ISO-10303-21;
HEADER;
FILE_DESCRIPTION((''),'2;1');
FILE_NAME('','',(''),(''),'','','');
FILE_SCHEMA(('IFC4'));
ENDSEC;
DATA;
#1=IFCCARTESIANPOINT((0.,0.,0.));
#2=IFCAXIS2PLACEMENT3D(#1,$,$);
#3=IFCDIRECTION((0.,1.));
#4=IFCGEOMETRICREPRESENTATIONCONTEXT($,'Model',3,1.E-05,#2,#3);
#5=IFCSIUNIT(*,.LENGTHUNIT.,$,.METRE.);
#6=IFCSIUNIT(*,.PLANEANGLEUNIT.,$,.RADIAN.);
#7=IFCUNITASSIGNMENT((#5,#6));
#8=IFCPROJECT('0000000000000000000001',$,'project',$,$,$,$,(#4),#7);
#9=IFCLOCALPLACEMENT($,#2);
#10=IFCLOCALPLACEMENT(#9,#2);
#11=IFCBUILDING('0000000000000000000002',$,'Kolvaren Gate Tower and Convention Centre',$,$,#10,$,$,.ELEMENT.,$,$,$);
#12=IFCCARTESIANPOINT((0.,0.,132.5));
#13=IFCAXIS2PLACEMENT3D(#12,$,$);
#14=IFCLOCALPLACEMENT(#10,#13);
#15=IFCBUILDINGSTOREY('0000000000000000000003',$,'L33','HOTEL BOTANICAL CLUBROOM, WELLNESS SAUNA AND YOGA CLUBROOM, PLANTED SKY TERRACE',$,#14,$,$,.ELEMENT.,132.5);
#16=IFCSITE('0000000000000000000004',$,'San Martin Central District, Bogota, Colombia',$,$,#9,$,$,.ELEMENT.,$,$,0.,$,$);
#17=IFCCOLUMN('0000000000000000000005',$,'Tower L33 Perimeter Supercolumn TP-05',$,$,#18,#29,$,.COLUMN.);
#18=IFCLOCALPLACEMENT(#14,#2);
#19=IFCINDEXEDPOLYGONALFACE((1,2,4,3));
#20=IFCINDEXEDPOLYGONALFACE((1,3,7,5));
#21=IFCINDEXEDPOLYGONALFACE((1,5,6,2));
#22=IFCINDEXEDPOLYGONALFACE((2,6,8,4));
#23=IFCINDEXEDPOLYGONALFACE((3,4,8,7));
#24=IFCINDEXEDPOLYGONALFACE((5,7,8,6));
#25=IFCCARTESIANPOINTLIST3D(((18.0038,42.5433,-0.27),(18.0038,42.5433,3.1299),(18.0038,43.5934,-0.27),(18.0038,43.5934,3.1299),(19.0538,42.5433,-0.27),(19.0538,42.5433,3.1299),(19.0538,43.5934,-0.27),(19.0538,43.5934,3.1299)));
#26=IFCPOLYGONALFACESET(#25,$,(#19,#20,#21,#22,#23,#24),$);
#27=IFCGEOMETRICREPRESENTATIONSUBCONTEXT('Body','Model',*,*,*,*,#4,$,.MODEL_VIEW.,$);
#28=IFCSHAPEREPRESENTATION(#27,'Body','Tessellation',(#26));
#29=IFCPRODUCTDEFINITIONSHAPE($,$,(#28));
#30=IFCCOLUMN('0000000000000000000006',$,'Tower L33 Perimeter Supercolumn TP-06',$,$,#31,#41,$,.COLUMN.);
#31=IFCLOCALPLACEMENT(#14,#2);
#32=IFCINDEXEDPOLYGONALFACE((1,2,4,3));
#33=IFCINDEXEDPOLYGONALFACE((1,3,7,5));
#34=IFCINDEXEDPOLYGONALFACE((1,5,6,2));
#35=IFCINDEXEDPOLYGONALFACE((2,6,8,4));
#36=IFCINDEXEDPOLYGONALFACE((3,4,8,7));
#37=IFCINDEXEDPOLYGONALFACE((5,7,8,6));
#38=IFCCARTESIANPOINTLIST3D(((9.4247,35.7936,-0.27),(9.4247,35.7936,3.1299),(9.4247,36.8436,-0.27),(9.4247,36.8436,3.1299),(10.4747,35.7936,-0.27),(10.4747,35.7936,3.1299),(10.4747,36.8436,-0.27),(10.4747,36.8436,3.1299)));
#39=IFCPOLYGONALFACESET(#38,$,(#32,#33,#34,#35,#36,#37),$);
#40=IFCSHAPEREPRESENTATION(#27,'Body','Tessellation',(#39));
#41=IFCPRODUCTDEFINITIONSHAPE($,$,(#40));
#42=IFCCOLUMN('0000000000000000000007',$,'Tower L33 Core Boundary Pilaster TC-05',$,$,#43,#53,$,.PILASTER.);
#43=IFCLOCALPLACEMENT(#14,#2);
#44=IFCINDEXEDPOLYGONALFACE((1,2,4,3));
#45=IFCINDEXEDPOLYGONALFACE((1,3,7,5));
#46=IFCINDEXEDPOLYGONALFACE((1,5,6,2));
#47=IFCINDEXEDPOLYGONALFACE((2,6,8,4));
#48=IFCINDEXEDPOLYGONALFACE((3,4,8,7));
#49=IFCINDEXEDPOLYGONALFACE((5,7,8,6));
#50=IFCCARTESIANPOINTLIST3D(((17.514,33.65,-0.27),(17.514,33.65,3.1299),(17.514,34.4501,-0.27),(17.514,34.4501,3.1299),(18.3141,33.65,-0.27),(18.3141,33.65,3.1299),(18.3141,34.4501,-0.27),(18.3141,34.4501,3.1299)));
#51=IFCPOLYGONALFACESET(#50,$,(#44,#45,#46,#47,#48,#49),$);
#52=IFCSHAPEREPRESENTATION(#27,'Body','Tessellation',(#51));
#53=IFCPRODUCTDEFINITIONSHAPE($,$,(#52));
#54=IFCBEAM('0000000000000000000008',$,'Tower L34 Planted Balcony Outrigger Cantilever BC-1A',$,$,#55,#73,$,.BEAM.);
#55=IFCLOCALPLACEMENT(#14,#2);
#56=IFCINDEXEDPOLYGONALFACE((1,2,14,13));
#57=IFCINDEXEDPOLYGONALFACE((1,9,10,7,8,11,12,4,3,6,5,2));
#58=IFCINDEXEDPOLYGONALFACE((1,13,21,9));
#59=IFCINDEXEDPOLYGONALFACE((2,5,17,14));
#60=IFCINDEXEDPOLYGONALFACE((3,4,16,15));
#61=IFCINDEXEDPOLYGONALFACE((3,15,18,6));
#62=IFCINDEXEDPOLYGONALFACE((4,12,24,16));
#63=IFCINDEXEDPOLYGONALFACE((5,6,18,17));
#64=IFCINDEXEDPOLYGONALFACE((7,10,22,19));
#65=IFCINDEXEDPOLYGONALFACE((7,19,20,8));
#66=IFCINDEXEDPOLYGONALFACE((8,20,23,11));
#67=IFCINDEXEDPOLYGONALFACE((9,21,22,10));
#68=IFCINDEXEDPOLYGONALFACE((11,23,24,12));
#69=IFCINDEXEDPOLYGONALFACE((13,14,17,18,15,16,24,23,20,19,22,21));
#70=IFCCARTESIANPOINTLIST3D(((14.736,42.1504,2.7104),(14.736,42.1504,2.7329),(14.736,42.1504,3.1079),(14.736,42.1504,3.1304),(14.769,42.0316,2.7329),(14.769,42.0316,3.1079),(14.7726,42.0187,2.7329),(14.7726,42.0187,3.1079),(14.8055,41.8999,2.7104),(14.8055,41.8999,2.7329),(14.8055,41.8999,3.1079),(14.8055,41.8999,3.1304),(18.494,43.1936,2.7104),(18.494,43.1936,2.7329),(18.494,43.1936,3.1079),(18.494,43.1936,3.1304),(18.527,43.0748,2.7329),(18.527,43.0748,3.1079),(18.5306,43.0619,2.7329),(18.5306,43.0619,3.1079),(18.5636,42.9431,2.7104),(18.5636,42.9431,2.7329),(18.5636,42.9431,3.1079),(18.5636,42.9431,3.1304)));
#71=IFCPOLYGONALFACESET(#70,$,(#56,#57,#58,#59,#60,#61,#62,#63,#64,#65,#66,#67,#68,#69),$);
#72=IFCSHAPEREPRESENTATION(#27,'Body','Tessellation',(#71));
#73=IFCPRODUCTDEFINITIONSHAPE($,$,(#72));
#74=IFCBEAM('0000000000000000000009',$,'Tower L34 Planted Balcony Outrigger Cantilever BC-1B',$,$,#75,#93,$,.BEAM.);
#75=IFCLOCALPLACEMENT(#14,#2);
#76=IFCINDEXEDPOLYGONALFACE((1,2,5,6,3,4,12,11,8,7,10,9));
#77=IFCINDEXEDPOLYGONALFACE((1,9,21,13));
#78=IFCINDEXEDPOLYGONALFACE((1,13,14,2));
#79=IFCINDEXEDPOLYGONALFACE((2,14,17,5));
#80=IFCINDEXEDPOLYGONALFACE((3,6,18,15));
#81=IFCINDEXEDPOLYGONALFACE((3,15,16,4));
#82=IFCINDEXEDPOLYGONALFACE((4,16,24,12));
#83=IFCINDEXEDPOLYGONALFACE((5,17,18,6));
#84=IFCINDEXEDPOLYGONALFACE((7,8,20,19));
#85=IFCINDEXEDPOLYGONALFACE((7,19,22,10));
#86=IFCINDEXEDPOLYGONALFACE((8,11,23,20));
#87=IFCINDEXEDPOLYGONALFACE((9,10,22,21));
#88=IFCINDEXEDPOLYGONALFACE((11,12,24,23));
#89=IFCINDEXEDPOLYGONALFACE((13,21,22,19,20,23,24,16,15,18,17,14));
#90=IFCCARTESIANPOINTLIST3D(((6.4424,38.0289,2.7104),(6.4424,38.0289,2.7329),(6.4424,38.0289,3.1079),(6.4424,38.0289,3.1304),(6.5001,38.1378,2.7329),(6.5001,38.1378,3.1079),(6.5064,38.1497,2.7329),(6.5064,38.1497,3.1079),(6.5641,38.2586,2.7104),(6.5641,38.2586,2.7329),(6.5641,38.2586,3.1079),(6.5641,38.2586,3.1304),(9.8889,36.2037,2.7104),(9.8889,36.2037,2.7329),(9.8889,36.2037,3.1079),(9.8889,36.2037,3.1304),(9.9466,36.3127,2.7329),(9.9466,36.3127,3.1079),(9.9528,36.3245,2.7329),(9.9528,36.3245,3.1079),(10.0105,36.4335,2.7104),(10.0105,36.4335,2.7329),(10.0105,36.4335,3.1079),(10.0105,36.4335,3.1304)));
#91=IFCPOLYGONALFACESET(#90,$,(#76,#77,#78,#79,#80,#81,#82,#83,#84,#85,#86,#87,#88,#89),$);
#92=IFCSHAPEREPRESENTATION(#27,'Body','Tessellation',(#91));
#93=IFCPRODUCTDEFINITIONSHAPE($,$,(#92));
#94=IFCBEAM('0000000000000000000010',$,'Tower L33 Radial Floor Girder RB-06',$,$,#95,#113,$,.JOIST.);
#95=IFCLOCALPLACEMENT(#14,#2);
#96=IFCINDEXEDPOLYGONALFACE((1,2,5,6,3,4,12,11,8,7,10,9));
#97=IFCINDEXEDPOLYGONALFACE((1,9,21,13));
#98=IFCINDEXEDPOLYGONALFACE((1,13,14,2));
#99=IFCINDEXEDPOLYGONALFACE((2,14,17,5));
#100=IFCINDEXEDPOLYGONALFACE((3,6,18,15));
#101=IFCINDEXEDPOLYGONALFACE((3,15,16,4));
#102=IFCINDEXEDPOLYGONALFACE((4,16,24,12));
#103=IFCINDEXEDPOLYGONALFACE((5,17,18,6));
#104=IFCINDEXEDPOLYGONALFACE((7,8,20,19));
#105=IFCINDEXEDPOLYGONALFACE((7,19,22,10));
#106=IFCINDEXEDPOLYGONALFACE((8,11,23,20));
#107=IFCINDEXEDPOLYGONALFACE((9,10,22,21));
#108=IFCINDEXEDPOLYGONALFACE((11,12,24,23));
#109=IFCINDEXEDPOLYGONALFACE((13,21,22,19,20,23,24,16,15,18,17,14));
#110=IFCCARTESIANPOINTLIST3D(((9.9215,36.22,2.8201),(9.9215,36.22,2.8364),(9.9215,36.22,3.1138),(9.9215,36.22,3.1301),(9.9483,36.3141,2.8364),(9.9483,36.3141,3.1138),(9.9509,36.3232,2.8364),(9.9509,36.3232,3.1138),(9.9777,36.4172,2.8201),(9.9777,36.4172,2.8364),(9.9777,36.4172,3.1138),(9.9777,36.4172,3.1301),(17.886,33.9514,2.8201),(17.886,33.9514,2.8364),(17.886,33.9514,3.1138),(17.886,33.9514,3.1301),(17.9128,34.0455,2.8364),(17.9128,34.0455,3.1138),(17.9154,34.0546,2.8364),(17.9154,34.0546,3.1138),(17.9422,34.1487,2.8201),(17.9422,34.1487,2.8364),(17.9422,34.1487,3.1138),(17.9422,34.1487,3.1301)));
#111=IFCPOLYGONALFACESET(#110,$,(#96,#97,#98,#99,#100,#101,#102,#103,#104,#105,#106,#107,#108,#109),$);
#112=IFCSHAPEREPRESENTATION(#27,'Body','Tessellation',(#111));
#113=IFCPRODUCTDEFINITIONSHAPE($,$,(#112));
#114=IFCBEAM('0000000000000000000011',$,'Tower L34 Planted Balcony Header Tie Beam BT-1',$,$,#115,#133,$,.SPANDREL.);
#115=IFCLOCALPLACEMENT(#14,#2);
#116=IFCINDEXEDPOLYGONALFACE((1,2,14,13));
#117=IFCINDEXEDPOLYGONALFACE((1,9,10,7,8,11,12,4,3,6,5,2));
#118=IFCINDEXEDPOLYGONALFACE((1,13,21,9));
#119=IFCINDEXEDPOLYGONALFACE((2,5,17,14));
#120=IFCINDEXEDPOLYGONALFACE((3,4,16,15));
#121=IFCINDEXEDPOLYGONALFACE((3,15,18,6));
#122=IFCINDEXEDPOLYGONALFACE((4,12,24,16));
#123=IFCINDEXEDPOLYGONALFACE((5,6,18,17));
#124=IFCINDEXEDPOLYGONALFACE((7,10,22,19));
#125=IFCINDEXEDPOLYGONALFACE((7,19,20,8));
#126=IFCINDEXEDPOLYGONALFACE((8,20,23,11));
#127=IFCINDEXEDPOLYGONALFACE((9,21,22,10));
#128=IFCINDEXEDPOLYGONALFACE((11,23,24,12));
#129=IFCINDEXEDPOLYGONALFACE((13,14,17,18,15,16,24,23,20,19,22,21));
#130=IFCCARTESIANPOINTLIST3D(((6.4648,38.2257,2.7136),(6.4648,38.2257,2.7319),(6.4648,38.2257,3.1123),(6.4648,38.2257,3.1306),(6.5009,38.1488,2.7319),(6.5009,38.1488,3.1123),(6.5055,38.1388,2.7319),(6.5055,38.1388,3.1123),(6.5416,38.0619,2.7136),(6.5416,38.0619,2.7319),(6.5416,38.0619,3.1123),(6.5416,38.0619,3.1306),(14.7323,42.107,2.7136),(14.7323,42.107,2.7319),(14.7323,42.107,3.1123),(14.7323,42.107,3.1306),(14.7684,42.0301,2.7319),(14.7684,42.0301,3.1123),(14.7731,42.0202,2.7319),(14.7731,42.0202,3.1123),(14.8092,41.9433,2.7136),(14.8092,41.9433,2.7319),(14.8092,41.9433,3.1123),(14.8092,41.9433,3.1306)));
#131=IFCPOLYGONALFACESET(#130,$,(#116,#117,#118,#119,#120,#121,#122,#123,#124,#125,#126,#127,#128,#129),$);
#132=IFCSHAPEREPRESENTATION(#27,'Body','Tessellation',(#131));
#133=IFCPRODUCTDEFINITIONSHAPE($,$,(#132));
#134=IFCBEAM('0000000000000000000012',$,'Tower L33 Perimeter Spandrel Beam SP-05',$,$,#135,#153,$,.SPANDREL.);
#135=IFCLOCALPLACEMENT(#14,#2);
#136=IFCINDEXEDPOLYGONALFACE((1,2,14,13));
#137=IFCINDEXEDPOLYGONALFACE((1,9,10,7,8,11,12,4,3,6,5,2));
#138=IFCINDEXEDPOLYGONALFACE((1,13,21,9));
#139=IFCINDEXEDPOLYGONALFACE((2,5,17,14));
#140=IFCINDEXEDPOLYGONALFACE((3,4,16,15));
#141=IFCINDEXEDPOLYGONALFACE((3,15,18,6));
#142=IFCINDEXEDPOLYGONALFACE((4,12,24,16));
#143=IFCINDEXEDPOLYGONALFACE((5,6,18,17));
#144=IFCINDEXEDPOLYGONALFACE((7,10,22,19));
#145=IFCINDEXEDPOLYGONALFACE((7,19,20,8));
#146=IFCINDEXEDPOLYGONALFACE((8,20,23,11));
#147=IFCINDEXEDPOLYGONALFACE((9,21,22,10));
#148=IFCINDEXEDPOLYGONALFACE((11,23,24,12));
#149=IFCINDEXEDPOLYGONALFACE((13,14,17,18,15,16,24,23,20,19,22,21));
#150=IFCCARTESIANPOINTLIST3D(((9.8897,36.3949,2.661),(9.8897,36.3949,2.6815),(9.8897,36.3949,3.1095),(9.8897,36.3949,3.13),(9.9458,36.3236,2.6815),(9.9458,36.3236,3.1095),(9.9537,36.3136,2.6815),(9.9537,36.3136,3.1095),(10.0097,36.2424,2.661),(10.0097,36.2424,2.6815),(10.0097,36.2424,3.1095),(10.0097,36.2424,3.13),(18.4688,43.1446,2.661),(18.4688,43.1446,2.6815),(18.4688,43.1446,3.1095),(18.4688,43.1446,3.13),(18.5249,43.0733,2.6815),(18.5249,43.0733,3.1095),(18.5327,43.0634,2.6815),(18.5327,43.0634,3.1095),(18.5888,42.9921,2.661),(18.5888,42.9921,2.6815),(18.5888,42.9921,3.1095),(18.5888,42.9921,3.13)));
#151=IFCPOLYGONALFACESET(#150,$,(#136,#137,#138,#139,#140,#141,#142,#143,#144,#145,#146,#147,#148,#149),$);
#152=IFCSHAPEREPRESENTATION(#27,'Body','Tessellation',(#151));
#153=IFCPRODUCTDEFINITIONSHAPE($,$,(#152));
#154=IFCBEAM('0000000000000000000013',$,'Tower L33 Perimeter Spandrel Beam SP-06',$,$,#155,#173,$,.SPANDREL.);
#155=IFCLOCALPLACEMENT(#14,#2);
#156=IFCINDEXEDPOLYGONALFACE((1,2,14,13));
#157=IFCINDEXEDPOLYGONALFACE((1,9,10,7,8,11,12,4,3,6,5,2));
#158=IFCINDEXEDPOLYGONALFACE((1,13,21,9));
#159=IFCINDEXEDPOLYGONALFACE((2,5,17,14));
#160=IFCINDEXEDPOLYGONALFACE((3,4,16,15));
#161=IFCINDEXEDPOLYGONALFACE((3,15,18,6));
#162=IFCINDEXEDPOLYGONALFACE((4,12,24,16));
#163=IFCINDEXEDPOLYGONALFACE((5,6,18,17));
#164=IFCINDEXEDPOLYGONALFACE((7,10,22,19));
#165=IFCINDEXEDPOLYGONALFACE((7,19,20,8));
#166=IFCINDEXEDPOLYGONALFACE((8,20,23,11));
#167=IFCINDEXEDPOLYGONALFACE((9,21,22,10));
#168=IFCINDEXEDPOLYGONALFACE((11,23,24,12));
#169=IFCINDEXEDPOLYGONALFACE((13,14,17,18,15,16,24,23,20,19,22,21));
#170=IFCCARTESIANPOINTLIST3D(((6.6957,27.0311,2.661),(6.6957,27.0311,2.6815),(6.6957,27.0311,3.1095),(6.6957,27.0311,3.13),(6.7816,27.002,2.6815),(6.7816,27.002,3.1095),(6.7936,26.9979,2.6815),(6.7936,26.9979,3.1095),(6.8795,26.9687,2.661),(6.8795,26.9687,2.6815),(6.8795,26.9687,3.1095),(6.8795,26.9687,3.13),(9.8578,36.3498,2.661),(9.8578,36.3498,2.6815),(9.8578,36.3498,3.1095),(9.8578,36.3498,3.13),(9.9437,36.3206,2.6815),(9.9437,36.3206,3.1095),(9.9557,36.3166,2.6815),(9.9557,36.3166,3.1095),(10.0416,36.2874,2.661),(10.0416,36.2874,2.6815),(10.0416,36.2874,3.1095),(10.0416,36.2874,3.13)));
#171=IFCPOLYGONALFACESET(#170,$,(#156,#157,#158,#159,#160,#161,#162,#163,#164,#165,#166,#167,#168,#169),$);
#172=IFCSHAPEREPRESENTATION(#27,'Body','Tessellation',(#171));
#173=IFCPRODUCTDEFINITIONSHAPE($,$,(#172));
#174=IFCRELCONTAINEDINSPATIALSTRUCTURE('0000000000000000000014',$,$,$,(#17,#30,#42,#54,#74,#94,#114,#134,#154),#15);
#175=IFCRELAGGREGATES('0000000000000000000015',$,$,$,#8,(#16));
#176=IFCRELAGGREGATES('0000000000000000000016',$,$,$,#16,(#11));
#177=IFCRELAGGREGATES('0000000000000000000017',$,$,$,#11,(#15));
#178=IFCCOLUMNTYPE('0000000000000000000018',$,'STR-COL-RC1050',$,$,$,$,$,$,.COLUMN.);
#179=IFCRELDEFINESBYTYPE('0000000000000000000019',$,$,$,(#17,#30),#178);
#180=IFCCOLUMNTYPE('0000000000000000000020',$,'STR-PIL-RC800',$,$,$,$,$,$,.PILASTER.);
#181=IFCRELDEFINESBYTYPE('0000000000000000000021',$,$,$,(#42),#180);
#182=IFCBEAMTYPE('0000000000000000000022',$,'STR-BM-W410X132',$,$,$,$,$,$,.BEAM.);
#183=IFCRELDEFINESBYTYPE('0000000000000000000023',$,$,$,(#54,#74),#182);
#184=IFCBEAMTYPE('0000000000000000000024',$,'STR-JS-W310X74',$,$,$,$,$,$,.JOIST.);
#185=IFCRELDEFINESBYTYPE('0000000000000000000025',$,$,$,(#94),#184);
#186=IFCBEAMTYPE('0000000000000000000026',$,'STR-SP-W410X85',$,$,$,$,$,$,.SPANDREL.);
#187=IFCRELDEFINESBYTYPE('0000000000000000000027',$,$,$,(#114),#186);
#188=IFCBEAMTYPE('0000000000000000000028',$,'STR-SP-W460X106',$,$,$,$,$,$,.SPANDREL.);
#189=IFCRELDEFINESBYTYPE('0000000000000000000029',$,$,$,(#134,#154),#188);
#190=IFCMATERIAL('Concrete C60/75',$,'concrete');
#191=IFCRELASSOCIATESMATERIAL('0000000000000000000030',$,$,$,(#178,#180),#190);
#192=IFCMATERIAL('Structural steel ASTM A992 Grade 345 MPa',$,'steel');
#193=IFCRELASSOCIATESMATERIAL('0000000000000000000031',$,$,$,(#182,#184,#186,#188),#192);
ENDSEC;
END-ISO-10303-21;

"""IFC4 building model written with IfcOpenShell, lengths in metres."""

from ifc_helpers import new_model, si_unit, direction, frame, origin, origin_2d, place, context, subcontext, project, spatial, rectangle, i_section, extrude, material, material_profile, profile_set, type_object, element, save


model = new_model("IFC4")

# Units and contexts
model_context = context("Model", 3, precision=1e-05, world=origin(), true_north=direction((0.0, 1.0)))
body_context = subcontext(model_context, "Body", "Model", "MODEL_VIEW")
ifc_project = project(units=[si_unit("LENGTHUNIT", "METRE"), si_unit("PLANEANGLEUNIT", "RADIAN")], contexts=[model_context])

# Site, building, storey
site_placement = place(None, origin())
site = spatial("IfcSite", under=ifc_project, at=site_placement, Name="San Martin Central District, Bogota, Colombia", CompositionType="ELEMENT", RefElevation=0.0)
building_placement = place(site_placement, origin())
building = spatial("IfcBuilding", under=site, at=building_placement, Name="Kolvaren Gate Tower and Convention Centre", CompositionType="ELEMENT")
storey_placement = place(building_placement, frame((0.0, 0.0, 132.5)))
storey = spatial("IfcBuildingStorey", under=building, at=storey_placement, Name="L33", Description="HOTEL BOTANICAL CLUBROOM, WELLNESS SAUNA AND YOGA CLUBROOM, PLANTED SKY TERRACE", CompositionType="ELEMENT", Elevation=132.5)

# Columns
ifc_material_1 = material(Name="Concrete C60/75", Category="concrete")
ifc_material_profile_1 = material_profile(ifc_material_1, rectangle(XDim=1.05, YDim=1.05, at=origin_2d()), Name="RC-COL-1050X1050")
ifc_profile_set_1 = profile_set([ifc_material_profile_1], Name="Concrete C60/75")
column_type_1 = type_object("IfcColumnType", Name="STR-COL-RC1050", PredefinedType="COLUMN", material=ifc_profile_set_1)
for number, where, z_axis, x_axis, name in (
    (1, (18.5288, 43.0684, -0.27), (0.0, 0.0, 1.0), (1.0, 0.0, 0.0), "Tower L33 Perimeter Supercolumn TP-05"),
    (2, (9.9497, 36.3186, -0.27), (0.0, 0.0, 1.0), (1.0, 0.0, 0.0), "Tower L33 Perimeter Supercolumn TP-06"),
):
    element("IfcColumn", number, at=place(storey_placement, frame(where, z_axis=z_axis, x_axis=x_axis)), inside=storey, type_object=column_type_1, Name=name, PredefinedType="COLUMN", context=body_context, shape_type="SweptSolid", body=[
        extrude(rectangle(XDim=1.05, YDim=1.05, at=origin_2d()), origin(), (0.0, 0.0, 1.0), 3.3999),
    ])
ifc_material_profile_2 = material_profile(ifc_material_1, rectangle(XDim=0.8, YDim=0.8, at=origin_2d()), Name="RC-COL-800X800")
ifc_profile_set_2 = profile_set([ifc_material_profile_2], Name="Concrete C60/75")
column_type_2 = type_object("IfcColumnType", Name="STR-PIL-RC800", PredefinedType="PILASTER", material=ifc_profile_set_2)
column_placement = place(storey_placement, frame((17.9141, 34.05, -0.27), z_axis=(0.0, 0.0, 1.0), x_axis=(1.0, 0.0, 0.0)))
element("IfcColumn", 3, at=column_placement, inside=storey, type_object=column_type_2, Name="Tower L33 Core Boundary Pilaster TC-05", PredefinedType="PILASTER", context=body_context, shape_type="SweptSolid", body=[
    extrude(rectangle(XDim=0.8, YDim=0.8, at=origin_2d()), origin(), (0.0, 0.0, 1.0), 3.3999),
])

# Beams
ifc_material_2 = material(Name="Structural steel ASTM A992 Grade 345 MPa", Category="steel")
ifc_material_profile_3 = material_profile(ifc_material_2, i_section(OverallWidth=0.26, OverallDepth=0.4199, WebThickness=0.0134, FlangeThickness=0.0225, at=origin_2d()), Name="W410X132")
ifc_profile_set_3 = profile_set([ifc_material_profile_3], Name="Structural steel ASTM A992 Grade 345 MPa")
beam_type_1 = type_object("IfcBeamType", Name="STR-BM-W410X132", PredefinedType="BEAM", material=ifc_profile_set_3)
beam_1_placement = place(storey_placement, frame((18.5288, 43.0684, 2.9204), z_axis=(-0.963564, -0.267479, 0.0), x_axis=(0.267479, -0.963564, 0.0)))
element("IfcBeam", 4, at=beam_1_placement, inside=storey, type_object=beam_type_1, Name="Tower L34 Planted Balcony Outrigger Cantilever BC-1A", PredefinedType="BEAM", context=body_context, shape_type="SweptSolid", body=[
    extrude(i_section(OverallWidth=0.26, OverallDepth=0.4199, WebThickness=0.0134, FlangeThickness=0.0225, at=origin_2d()), origin(), (0.0, 0.0, 1.0), 3.9001),
])
beam_2_placement = place(storey_placement, frame((9.9497, 36.3186, 2.9204), z_axis=(-0.883729, 0.468, 0.0), x_axis=(-0.468, -0.883729, 0.0)))
element("IfcBeam", 5, at=beam_2_placement, inside=storey, type_object=beam_type_1, Name="Tower L34 Planted Balcony Outrigger Cantilever BC-1B", PredefinedType="BEAM", context=body_context, shape_type="SweptSolid", body=[
    extrude(i_section(OverallWidth=0.26, OverallDepth=0.4199, WebThickness=0.0134, FlangeThickness=0.0225, at=origin_2d()), origin(), (0.0, 0.0, 1.0), 3.8999),
])
ifc_material_profile_4 = material_profile(ifc_material_2, i_section(OverallWidth=0.2051, OverallDepth=0.3101, WebThickness=0.0095, FlangeThickness=0.0164, at=origin_2d()), Name="W310X74")
ifc_profile_set_4 = profile_set([ifc_material_profile_4], Name="Structural steel ASTM A992 Grade 345 MPa")
beam_type_2 = type_object("IfcBeamType", Name="STR-JS-W310X74", PredefinedType="JOIST", material=ifc_profile_set_4)
beam_3_placement = place(storey_placement, frame((17.9141, 34.05, 2.9751), z_axis=(-0.961746, 0.273942, 0.0), x_axis=(-0.273942, -0.961746, 0.0)))
element("IfcBeam", 6, at=beam_3_placement, inside=storey, type_object=beam_type_2, Name="Tower L33 Radial Floor Girder RB-06", PredefinedType="JOIST", context=body_context, shape_type="SweptSolid", body=[
    extrude(i_section(OverallWidth=0.2051, OverallDepth=0.3101, WebThickness=0.0095, FlangeThickness=0.0164, at=origin_2d()), origin(), (0.0, 0.0, 1.0), 8.2812),
])
ifc_material_profile_5 = material_profile(ifc_material_2, i_section(OverallWidth=0.1809, OverallDepth=0.417, WebThickness=0.011, FlangeThickness=0.0183, at=origin_2d()), Name="W410X85")
ifc_profile_set_5 = profile_set([ifc_material_profile_5], Name="Structural steel ASTM A992 Grade 345 MPa")
beam_type_3 = type_object("IfcBeamType", Name="STR-SP-W410X85", PredefinedType="SPANDREL", material=ifc_profile_set_5)
beam_4_placement = place(storey_placement, frame((14.7708, 42.0251, 2.9221), z_axis=(-0.90521, -0.424965, 0.0), x_axis=(0.424965, -0.90521, 0.0)))
element("IfcBeam", 7, at=beam_4_placement, inside=storey, type_object=beam_type_3, Name="Tower L34 Planted Balcony Header Tie Beam BT-1", PredefinedType="SPANDREL", context=body_context, shape_type="SweptSolid", body=[
    extrude(i_section(OverallWidth=0.1809, OverallDepth=0.417, WebThickness=0.011, FlangeThickness=0.0183, at=origin_2d()), origin(), (0.0, 0.0, 1.0), 9.1333),
])
ifc_material_profile_6 = material_profile(ifc_material_2, i_section(OverallWidth=0.1941, OverallDepth=0.469, WebThickness=0.0127, FlangeThickness=0.0205, at=origin_2d()), Name="W460X106")
ifc_profile_set_6 = profile_set([ifc_material_profile_6], Name="Structural steel ASTM A992 Grade 345 MPa")
beam_type_4 = type_object("IfcBeamType", Name="STR-SP-W460X106", PredefinedType="SPANDREL", material=ifc_profile_set_6)
beam_5_placement = place(storey_placement, frame((18.5288, 43.0684, 2.8955), z_axis=(-0.785916, -0.618333, 0.0), x_axis=(0.618333, -0.785916, 0.0)))
element("IfcBeam", 8, at=beam_5_placement, inside=storey, type_object=beam_type_4, Name="Tower L33 Perimeter Spandrel Beam SP-05", PredefinedType="SPANDREL", context=body_context, shape_type="SweptSolid", body=[
    extrude(i_section(OverallWidth=0.1941, OverallDepth=0.469, WebThickness=0.0127, FlangeThickness=0.0205, at=origin_2d()), origin(), (0.0, 0.0, 1.0), 10.916),
])
beam_6_placement = place(storey_placement, frame((9.9497, 36.3186, 2.8955), z_axis=(-0.321336, -0.946965, 0.0), x_axis=(0.946965, -0.321336, 0.0)))
element("IfcBeam", 9, at=beam_6_placement, inside=storey, type_object=beam_type_4, Name="Tower L33 Perimeter Spandrel Beam SP-06", PredefinedType="SPANDREL", context=body_context, shape_type="SweptSolid", body=[
    extrude(i_section(OverallWidth=0.1941, OverallDepth=0.469, WebThickness=0.0127, FlangeThickness=0.0205, at=origin_2d()), origin(), (0.0, 0.0, 1.0), 9.8406),
])

save(model, "model.ifc")
